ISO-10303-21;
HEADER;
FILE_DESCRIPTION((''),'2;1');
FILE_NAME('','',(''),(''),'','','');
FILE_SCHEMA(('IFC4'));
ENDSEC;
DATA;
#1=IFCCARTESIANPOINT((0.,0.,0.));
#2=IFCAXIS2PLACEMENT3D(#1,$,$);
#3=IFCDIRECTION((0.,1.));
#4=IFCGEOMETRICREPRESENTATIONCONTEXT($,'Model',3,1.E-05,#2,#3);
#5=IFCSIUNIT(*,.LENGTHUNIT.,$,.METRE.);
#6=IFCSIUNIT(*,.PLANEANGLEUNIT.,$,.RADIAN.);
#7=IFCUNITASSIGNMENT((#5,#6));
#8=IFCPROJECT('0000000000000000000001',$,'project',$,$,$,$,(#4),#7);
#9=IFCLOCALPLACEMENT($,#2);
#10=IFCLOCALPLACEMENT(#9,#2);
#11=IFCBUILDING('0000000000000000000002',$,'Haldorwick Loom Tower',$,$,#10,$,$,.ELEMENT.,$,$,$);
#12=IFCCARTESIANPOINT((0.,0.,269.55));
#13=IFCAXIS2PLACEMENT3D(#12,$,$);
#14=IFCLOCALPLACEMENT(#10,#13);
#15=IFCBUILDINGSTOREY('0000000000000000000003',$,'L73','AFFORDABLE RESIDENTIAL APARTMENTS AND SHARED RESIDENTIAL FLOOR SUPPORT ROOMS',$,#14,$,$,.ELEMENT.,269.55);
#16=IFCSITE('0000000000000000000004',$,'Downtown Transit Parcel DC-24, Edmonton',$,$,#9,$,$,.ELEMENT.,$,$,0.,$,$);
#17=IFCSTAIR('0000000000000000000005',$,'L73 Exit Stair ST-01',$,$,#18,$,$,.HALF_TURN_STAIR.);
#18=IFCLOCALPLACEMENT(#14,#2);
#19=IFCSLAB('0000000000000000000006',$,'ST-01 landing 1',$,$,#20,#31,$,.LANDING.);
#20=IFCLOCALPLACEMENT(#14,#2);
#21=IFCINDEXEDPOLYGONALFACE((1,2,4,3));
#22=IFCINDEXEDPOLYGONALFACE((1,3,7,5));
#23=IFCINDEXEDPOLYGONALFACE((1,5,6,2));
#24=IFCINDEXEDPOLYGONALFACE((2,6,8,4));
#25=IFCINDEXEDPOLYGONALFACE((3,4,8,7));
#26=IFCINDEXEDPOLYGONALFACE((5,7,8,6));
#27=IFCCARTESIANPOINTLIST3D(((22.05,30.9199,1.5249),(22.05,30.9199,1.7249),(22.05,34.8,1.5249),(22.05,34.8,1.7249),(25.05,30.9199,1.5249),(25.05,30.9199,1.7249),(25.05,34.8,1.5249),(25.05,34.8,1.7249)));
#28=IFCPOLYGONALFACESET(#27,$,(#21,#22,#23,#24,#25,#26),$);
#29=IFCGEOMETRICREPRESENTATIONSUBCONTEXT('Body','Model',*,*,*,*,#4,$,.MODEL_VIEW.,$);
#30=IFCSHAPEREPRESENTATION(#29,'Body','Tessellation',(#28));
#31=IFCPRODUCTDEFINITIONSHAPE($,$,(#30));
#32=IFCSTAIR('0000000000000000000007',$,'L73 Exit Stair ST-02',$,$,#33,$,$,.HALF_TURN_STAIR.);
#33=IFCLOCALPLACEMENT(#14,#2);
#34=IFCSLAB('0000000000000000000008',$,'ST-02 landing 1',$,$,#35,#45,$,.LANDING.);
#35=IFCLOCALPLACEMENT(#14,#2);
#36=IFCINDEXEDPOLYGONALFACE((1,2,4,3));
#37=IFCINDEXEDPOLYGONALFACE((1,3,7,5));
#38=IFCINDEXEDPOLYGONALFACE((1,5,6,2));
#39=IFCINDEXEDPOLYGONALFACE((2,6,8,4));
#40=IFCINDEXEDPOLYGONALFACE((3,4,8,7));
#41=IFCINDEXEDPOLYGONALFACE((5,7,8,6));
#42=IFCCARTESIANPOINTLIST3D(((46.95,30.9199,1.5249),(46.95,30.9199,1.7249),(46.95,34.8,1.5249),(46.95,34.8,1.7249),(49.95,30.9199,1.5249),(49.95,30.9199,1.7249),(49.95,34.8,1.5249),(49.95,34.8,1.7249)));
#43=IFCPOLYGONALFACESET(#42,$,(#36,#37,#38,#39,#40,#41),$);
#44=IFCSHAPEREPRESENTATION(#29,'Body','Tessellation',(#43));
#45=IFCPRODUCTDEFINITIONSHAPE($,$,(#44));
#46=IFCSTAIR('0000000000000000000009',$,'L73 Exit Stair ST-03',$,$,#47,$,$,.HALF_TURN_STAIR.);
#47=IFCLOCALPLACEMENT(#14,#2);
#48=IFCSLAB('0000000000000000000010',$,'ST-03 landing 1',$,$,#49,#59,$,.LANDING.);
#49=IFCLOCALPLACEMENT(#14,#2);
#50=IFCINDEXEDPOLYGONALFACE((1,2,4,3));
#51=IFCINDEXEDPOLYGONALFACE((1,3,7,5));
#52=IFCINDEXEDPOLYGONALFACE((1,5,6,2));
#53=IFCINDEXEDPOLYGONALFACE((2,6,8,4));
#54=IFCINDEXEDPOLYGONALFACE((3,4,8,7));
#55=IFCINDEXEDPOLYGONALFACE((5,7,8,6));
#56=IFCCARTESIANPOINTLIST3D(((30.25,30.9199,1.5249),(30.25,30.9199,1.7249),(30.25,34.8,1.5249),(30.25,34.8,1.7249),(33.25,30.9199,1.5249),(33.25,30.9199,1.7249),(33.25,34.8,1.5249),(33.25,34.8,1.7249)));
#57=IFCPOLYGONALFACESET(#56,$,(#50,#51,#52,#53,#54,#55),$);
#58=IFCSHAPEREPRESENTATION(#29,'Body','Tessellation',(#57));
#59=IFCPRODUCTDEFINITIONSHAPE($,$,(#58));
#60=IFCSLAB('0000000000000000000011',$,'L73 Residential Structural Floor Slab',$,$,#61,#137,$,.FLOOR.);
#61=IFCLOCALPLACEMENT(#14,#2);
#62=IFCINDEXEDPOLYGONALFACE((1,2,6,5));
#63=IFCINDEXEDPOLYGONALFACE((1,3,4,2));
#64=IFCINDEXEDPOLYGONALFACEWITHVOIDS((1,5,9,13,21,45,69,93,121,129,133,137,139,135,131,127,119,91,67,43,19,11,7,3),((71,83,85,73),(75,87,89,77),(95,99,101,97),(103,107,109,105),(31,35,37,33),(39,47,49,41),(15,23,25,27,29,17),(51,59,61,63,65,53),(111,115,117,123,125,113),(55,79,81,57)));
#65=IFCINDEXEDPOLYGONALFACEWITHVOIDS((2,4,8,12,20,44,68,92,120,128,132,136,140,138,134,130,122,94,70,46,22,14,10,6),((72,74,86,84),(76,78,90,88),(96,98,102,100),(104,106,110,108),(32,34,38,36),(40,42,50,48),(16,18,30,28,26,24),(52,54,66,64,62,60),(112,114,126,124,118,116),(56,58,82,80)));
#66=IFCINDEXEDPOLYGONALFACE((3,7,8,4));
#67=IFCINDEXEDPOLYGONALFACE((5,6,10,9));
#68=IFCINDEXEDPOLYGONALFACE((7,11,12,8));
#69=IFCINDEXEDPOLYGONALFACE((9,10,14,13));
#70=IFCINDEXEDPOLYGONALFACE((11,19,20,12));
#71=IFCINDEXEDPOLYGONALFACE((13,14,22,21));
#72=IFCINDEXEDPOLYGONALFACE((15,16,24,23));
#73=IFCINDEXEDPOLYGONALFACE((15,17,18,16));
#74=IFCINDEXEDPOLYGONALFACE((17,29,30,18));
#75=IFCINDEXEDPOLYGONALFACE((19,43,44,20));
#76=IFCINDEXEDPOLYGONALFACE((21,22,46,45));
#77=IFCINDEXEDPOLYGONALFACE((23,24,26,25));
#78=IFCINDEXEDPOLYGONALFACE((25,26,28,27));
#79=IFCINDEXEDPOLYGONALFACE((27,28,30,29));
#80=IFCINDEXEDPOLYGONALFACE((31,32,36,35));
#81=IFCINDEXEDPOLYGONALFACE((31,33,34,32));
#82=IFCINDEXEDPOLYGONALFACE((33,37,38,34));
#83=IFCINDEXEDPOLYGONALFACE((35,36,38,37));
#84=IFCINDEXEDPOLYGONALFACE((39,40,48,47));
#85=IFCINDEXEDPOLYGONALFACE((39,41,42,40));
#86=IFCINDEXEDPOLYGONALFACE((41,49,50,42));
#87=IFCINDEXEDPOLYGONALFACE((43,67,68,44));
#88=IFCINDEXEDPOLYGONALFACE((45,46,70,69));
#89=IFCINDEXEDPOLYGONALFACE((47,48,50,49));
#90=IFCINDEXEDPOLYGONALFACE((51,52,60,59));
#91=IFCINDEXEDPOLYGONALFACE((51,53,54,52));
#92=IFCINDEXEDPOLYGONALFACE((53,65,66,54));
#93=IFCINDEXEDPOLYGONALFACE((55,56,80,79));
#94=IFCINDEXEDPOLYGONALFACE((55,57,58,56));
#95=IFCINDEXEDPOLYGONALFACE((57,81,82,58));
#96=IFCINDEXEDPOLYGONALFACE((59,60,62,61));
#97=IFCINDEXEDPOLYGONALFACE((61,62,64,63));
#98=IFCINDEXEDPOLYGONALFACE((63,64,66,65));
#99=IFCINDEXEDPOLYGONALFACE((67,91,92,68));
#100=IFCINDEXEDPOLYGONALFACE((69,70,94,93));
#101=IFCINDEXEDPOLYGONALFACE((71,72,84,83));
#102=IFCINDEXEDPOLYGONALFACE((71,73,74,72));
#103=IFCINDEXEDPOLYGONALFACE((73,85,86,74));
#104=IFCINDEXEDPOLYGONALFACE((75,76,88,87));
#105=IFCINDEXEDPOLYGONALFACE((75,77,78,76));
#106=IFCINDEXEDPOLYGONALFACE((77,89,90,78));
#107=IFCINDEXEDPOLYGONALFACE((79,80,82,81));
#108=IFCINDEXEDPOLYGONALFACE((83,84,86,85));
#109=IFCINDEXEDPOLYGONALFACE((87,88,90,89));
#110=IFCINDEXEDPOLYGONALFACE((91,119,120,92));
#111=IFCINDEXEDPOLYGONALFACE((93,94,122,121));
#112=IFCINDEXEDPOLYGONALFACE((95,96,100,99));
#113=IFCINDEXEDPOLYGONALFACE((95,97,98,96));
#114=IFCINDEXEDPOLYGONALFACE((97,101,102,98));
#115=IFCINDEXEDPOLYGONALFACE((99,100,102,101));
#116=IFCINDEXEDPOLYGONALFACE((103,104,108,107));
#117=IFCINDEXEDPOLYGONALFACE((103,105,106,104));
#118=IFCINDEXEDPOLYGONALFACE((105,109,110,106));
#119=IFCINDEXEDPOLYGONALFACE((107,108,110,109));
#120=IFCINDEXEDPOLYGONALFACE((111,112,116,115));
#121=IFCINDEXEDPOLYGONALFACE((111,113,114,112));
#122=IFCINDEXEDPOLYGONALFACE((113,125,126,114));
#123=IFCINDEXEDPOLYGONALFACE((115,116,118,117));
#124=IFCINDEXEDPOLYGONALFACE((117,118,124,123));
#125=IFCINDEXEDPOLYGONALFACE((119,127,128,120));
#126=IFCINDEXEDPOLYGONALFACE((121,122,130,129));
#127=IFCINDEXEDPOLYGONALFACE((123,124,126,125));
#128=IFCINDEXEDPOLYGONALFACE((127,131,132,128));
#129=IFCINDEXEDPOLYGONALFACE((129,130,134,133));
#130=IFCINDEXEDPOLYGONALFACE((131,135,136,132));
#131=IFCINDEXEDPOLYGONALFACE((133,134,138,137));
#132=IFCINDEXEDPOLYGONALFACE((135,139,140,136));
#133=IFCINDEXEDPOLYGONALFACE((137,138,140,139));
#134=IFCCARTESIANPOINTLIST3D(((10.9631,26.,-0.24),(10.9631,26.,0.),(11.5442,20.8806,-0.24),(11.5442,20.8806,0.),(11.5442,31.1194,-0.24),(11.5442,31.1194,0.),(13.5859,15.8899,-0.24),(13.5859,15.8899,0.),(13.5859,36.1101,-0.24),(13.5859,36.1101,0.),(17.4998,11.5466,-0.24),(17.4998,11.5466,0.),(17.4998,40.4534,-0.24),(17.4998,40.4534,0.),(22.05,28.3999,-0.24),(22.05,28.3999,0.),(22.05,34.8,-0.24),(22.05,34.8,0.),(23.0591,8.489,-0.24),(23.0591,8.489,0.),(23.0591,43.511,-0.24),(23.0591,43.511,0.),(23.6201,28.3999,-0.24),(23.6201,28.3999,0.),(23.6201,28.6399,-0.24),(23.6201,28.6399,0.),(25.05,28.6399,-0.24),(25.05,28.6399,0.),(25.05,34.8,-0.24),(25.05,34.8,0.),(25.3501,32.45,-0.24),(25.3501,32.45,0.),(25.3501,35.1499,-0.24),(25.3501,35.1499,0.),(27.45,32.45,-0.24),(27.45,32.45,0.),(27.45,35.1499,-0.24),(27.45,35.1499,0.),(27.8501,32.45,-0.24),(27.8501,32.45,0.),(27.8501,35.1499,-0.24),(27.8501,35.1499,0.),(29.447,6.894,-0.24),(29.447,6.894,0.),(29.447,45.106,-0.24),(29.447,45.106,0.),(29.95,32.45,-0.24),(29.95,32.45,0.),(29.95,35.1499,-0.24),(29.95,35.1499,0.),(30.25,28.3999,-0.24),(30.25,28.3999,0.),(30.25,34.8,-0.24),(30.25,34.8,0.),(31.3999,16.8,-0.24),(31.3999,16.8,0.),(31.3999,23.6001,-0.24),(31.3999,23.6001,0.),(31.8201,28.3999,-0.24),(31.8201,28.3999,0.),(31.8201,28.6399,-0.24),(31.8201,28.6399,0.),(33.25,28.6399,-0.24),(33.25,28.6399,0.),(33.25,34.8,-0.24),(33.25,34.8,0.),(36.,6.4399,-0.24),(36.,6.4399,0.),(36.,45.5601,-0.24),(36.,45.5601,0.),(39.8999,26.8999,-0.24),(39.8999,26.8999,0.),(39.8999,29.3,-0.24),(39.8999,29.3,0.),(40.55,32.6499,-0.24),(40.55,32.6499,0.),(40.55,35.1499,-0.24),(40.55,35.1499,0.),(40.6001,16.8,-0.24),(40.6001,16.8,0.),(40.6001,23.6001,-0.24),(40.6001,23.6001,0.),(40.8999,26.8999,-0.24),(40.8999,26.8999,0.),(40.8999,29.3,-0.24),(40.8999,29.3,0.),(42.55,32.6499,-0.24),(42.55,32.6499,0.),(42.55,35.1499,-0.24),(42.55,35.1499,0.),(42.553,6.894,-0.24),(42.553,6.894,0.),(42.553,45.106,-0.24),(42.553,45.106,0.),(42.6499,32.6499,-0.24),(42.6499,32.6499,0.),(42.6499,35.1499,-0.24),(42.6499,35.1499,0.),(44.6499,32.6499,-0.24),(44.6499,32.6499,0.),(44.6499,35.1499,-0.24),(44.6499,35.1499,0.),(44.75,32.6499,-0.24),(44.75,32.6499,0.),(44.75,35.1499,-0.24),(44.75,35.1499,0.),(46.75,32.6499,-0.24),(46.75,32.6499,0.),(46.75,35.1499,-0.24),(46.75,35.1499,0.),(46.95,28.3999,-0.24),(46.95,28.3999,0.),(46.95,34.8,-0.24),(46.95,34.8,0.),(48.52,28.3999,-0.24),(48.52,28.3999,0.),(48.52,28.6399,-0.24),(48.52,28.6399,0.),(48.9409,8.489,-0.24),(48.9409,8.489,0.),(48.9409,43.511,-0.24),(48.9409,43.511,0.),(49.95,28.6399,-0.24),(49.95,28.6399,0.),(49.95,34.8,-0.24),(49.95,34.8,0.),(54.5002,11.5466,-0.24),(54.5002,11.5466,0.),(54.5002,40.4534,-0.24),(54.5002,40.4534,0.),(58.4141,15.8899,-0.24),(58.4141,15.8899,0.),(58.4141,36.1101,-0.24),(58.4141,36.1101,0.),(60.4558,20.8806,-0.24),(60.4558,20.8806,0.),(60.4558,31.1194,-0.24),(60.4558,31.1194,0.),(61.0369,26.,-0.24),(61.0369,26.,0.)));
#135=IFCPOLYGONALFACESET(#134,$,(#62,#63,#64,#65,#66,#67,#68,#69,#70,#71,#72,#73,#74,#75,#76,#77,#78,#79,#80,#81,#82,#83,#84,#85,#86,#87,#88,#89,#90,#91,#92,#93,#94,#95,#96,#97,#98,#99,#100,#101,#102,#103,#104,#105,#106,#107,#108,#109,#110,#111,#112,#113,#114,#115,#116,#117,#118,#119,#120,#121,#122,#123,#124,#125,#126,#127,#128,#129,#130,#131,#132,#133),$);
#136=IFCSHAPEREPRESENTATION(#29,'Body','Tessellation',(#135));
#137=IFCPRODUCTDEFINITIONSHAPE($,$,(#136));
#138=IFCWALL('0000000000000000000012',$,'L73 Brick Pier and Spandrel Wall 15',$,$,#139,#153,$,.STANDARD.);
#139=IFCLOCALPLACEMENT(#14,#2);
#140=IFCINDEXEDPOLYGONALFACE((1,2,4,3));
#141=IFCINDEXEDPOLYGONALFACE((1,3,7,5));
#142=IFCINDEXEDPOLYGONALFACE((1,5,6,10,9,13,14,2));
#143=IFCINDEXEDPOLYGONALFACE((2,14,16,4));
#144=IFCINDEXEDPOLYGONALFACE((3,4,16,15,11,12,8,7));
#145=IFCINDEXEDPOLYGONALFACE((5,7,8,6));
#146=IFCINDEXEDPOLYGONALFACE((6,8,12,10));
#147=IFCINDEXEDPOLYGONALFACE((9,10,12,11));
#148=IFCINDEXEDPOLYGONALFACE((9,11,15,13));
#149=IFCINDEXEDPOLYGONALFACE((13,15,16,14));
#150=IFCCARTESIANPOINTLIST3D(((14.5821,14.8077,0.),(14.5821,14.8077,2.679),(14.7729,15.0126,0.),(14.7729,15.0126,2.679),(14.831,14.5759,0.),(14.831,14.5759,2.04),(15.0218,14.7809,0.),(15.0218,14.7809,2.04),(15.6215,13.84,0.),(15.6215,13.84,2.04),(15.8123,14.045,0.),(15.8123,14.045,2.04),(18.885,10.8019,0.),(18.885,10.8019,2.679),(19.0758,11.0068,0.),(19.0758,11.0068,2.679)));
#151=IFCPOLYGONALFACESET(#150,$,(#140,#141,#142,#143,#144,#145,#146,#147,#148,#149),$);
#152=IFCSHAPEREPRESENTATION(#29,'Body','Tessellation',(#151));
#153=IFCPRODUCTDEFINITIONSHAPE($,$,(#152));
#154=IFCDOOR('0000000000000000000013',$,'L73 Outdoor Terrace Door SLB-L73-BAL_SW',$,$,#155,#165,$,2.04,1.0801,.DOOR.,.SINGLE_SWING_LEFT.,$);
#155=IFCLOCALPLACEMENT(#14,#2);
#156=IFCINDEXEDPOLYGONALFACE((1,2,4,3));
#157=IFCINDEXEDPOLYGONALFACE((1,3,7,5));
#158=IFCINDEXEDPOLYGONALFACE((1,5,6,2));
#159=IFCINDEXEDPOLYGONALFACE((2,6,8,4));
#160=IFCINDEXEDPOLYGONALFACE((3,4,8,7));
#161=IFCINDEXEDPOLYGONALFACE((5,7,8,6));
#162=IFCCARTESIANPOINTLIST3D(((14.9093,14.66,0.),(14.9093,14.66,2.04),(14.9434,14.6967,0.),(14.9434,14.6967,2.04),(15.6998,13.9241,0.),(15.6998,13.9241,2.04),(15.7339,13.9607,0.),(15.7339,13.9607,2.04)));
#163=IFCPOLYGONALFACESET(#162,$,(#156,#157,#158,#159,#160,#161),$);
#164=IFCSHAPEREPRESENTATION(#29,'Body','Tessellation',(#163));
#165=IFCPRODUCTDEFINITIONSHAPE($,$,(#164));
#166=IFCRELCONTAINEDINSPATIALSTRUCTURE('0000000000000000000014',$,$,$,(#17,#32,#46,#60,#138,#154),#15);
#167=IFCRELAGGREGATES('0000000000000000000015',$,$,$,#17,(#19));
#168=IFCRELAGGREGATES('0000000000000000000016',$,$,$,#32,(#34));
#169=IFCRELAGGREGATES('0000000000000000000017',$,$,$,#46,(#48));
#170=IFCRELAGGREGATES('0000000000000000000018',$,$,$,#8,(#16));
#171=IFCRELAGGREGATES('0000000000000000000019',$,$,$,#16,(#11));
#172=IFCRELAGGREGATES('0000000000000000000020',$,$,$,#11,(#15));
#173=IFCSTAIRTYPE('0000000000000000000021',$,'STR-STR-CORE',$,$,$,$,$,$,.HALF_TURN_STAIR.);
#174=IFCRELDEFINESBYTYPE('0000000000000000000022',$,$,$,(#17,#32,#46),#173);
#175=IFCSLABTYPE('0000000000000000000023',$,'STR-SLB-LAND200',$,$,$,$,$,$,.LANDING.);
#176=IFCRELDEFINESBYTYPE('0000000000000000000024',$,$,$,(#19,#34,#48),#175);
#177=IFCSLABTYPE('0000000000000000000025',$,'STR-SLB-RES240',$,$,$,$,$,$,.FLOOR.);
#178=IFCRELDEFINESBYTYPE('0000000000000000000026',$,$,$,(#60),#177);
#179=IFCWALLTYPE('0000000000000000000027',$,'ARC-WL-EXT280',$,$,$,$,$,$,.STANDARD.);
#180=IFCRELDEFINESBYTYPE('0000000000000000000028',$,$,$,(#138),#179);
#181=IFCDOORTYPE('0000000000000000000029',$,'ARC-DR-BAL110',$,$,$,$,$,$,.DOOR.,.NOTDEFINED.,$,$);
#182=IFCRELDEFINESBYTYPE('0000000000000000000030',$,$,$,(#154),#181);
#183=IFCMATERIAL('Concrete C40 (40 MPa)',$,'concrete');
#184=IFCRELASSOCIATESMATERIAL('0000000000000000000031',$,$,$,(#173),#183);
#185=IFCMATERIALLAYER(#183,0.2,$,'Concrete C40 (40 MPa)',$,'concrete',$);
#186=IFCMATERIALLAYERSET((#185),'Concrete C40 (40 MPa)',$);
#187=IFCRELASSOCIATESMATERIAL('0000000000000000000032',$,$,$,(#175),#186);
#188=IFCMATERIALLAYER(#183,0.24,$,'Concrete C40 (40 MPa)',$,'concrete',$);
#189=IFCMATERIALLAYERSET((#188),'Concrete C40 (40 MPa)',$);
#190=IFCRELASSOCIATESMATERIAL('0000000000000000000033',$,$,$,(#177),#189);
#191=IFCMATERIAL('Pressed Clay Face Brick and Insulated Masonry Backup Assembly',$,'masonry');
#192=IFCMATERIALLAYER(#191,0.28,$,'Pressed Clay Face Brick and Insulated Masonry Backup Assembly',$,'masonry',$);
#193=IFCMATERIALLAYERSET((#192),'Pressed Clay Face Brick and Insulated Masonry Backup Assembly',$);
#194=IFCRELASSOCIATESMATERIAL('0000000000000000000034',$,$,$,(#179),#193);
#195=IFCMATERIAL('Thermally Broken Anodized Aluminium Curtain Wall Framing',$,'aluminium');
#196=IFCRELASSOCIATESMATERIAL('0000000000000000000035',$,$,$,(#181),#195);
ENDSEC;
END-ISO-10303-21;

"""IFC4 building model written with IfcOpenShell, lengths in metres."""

from ifc_helpers import new_model, si_unit, direction, frame, frame_2d, origin, place, context, subcontext, project, spatial, polyline, rectangle, outline, extrude, material, layer, layer_set, type_object, element, fill, aggregate, save


model = new_model("IFC4")

# Units and contexts
model_context = context("Model", 3, precision=1e-05, world=origin(), true_north=direction((0.0, 1.0)))
body_context = subcontext(model_context, "Body", "Model", "MODEL_VIEW")
ifc_project = project(units=[si_unit("LENGTHUNIT", "METRE"), si_unit("PLANEANGLEUNIT", "RADIAN")], contexts=[model_context])

# Site, building, storey
site_placement = place(None, origin())
site = spatial("IfcSite", under=ifc_project, at=site_placement, Name="Downtown Transit Parcel DC-24, Edmonton", CompositionType="ELEMENT", RefElevation=0.0)
building_placement = place(site_placement, origin())
building = spatial("IfcBuilding", under=site, at=building_placement, Name="Haldorwick Loom Tower", CompositionType="ELEMENT")
storey_placement = place(building_placement, frame((0.0, 0.0, 269.55)))
storey = spatial("IfcBuildingStorey", under=building, at=storey_placement, Name="L73", Description="AFFORDABLE RESIDENTIAL APARTMENTS AND SHARED RESIDENTIAL FLOOR SUPPORT ROOMS", CompositionType="ELEMENT", Elevation=269.55)

# Shared definitions
ifc_material_1 = material(Name="Concrete C40 (40 MPa)", Category="concrete")

# Stairs, slabs
stair_type = type_object("IfcStairType", Name="STR-STR-CORE", PredefinedType="HALF_TURN_STAIR", material=ifc_material_1)
stair_1_placement = place(storey_placement, origin())
stair_1 = element("IfcStair", 1, at=stair_1_placement, inside=storey, type_object=stair_type, Name="L73 Exit Stair ST-01", PredefinedType="HALF_TURN_STAIR")
ifc_layer_1 = layer(ifc_material_1, 0.2, Name="Concrete C40 (40 MPa)", Category="concrete")
ifc_layer_set_1 = layer_set([ifc_layer_1], Name="Concrete C40 (40 MPa)")
slab_type_1 = type_object("IfcSlabType", Name="STR-SLB-LAND200", PredefinedType="LANDING", material=ifc_layer_set_1)
slab_1_placement = place(storey_placement, frame((0.0, 0.0, 1.5249)))
slab_1 = element("IfcSlab", 2, at=slab_1_placement, type_object=slab_type_1, Name="ST-01 landing 1", PredefinedType="LANDING", context=body_context, shape_type="SweptSolid", body=[
    extrude(outline(polyline([(25.05, 30.9199), (25.05, 34.8), (22.05, 34.8), (22.05, 30.9199), (25.05, 30.9199)])), origin(), (0.0, 0.0, 1.0), 0.2),
])
aggregate(stair_1, [slab_1])
stair_2_placement = place(storey_placement, origin())
stair_2 = element("IfcStair", 3, at=stair_2_placement, inside=storey, type_object=stair_type, Name="L73 Exit Stair ST-02", PredefinedType="HALF_TURN_STAIR")
slab_2_placement = place(storey_placement, frame((0.0, 0.0, 1.5249)))
slab_2 = element("IfcSlab", 4, at=slab_2_placement, type_object=slab_type_1, Name="ST-02 landing 1", PredefinedType="LANDING", context=body_context, shape_type="SweptSolid", body=[
    extrude(outline(polyline([(49.95, 30.9199), (49.95, 34.8), (46.95, 34.8), (46.95, 30.9199), (49.95, 30.9199)])), origin(), (0.0, 0.0, 1.0), 0.2),
])
aggregate(stair_2, [slab_2])
stair_3_placement = place(storey_placement, origin())
stair_3 = element("IfcStair", 5, at=stair_3_placement, inside=storey, type_object=stair_type, Name="L73 Exit Stair ST-03", PredefinedType="HALF_TURN_STAIR")
slab_3_placement = place(storey_placement, frame((0.0, 0.0, 1.5249)))
slab_3 = element("IfcSlab", 6, at=slab_3_placement, type_object=slab_type_1, Name="ST-03 landing 1", PredefinedType="LANDING", context=body_context, shape_type="SweptSolid", body=[
    extrude(outline(polyline([(33.25, 30.9199), (33.25, 34.8), (30.25, 34.8), (30.25, 30.9199), (33.25, 30.9199)])), origin(), (0.0, 0.0, 1.0), 0.2),
])
aggregate(stair_3, [slab_3])

# Slab
ifc_layer_2 = layer(ifc_material_1, 0.24, Name="Concrete C40 (40 MPa)", Category="concrete")
ifc_layer_set_2 = layer_set([ifc_layer_2], Name="Concrete C40 (40 MPa)")
slab_type_2 = type_object("IfcSlabType", Name="STR-SLB-RES240", PredefinedType="FLOOR", material=ifc_layer_set_2)
slab_4_placement = place(storey_placement, frame((0.0, 0.0, -0.24)))
element("IfcSlab", 7, at=slab_4_placement, inside=storey, type_object=slab_type_2, Name="L73 Residential Structural Floor Slab", PredefinedType="FLOOR", context=body_context, shape_type="SweptSolid", body=[
    extrude(outline(polyline([(54.5002, 11.5466), (58.4141, 15.8899), (60.4558, 20.8806), (61.0369, 26.0), (60.4558, 31.1194), (58.4141, 36.1101), (54.5002, 40.4534), (48.9409, 43.511), (42.553, 45.106), (36.0, 45.5601), (29.447, 45.106), (23.0591, 43.511), (17.4998, 40.4534), (13.5859, 36.1101), (11.5442, 31.1194), (10.9631, 26.0), (11.5442, 20.8806), (13.5859, 15.8899), (17.4998, 11.5466), (23.0591, 8.489), (29.447, 6.894), (36.0, 6.4399), (42.553, 6.894), (48.9409, 8.489), (54.5002, 11.5466)]), holes=[polyline([(31.3999, 16.8), (31.3999, 23.6001), (40.6001, 23.6001), (40.6001, 16.8), (31.3999, 16.8)]), polyline([(40.8999, 26.8999), (39.8999, 26.8999), (39.8999, 29.3), (40.8999, 29.3), (40.8999, 26.8999)]), polyline([(23.6201, 28.3999), (22.05, 28.3999), (22.05, 34.8), (25.05, 34.8), (25.05, 28.6399), (23.6201, 28.6399), (23.6201, 28.3999)]), polyline([(30.25, 28.3999), (30.25, 34.8), (33.25, 34.8), (33.25, 28.6399), (31.8201, 28.6399), (31.8201, 28.3999), (30.25, 28.3999)]), polyline([(46.95, 28.3999), (46.95, 34.8), (49.95, 34.8), (49.95, 28.6399), (48.52, 28.6399), (48.52, 28.3999), (46.95, 28.3999)]), polyline([(27.45, 32.45), (25.3501, 32.45), (25.3501, 35.1499), (27.45, 35.1499), (27.45, 32.45)]), polyline([(29.95, 32.45), (27.8501, 32.45), (27.8501, 35.1499), (29.95, 35.1499), (29.95, 32.45)]), polyline([(42.55, 32.6499), (40.55, 32.6499), (40.55, 35.1499), (42.55, 35.1499), (42.55, 32.6499)]), polyline([(42.6499, 32.6499), (42.6499, 35.1499), (44.6499, 35.1499), (44.6499, 32.6499), (42.6499, 32.6499)]), polyline([(44.75, 32.6499), (44.75, 35.1499), (46.75, 35.1499), (46.75, 32.6499), (44.75, 32.6499)])]), origin(), (0.0, 0.0, 1.0), 0.24),
])

# Wall, opening, door
ifc_material_2 = material(Name="Pressed Clay Face Brick and Insulated Masonry Backup Assembly", Category="masonry")
ifc_layer_3 = layer(ifc_material_2, 0.28, Name="Pressed Clay Face Brick and Insulated Masonry Backup Assembly", Category="masonry")
ifc_layer_set_3 = layer_set([ifc_layer_3], Name="Pressed Clay Face Brick and Insulated Masonry Backup Assembly")
wall_type = type_object("IfcWallType", Name="ARC-WL-EXT280", PredefinedType="STANDARD", material=ifc_layer_set_3)
wall_1_placement = place(storey_placement, frame((14.6775, 14.9102, 0.0), z_axis=(0.0, 0.0, 1.0), x_axis=(0.731925, -0.681386, 0.0)))
wall_1 = element("IfcWall", 8, at=wall_1_placement, inside=storey, type_object=wall_type, Name="L73 Brick Pier and Spandrel Wall 15", PredefinedType="STANDARD", context=body_context, shape_type="SweptSolid", body=[
    extrude(rectangle(XDim=5.8789, YDim=0.28, at=frame_2d((2.9395, 0.0))), origin(), (0.0, 0.0, 1.0), 2.679),
])
opening_1_placement = place(wall_1_placement, frame((0.3401, 0.0, 0.0)))
opening_1 = element("IfcOpeningElement", 9, at=opening_1_placement, cuts=wall_1, PredefinedType="OPENING", context=body_context, shape_type="SweptSolid", body=[
    extrude(rectangle(XDim=1.0801, YDim=2.04, at=frame_2d((0.54, 1.02))), frame((0.0, 0.1499, 0.0), z_axis=(0.0, -1.0, 0.0), x_axis=(1.0, 0.0, 0.0)), (0.0, 0.0, 1.0), 0.3),
])
ifc_material_3 = material(Name="Thermally Broken Anodized Aluminium Curtain Wall Framing", Category="aluminium")
door_type = type_object("IfcDoorType", Name="ARC-DR-BAL110", OperationType="NOTDEFINED", PredefinedType="DOOR", material=ifc_material_3)
door_placement = place(opening_1_placement, origin())
door = element("IfcDoor", 10, at=door_placement, inside=storey, type_object=door_type, Name="L73 Outdoor Terrace Door SLB-L73-BAL_SW", OperationType="SINGLE_SWING_LEFT", OverallHeight=2.04, OverallWidth=1.0801, PredefinedType="DOOR", context=body_context, shape_type="SweptSolid", body=[
    extrude(rectangle(XDim=1.0801, YDim=2.04, at=frame_2d((0.54, 1.02))), frame((0.0, 0.0249, 0.0), z_axis=(0.0, -1.0, 0.0), x_axis=(1.0, 0.0, 0.0)), (0.0, 0.0, 1.0), 0.05),
])
fill(opening_1, door)

save(model, "model.ifc")
